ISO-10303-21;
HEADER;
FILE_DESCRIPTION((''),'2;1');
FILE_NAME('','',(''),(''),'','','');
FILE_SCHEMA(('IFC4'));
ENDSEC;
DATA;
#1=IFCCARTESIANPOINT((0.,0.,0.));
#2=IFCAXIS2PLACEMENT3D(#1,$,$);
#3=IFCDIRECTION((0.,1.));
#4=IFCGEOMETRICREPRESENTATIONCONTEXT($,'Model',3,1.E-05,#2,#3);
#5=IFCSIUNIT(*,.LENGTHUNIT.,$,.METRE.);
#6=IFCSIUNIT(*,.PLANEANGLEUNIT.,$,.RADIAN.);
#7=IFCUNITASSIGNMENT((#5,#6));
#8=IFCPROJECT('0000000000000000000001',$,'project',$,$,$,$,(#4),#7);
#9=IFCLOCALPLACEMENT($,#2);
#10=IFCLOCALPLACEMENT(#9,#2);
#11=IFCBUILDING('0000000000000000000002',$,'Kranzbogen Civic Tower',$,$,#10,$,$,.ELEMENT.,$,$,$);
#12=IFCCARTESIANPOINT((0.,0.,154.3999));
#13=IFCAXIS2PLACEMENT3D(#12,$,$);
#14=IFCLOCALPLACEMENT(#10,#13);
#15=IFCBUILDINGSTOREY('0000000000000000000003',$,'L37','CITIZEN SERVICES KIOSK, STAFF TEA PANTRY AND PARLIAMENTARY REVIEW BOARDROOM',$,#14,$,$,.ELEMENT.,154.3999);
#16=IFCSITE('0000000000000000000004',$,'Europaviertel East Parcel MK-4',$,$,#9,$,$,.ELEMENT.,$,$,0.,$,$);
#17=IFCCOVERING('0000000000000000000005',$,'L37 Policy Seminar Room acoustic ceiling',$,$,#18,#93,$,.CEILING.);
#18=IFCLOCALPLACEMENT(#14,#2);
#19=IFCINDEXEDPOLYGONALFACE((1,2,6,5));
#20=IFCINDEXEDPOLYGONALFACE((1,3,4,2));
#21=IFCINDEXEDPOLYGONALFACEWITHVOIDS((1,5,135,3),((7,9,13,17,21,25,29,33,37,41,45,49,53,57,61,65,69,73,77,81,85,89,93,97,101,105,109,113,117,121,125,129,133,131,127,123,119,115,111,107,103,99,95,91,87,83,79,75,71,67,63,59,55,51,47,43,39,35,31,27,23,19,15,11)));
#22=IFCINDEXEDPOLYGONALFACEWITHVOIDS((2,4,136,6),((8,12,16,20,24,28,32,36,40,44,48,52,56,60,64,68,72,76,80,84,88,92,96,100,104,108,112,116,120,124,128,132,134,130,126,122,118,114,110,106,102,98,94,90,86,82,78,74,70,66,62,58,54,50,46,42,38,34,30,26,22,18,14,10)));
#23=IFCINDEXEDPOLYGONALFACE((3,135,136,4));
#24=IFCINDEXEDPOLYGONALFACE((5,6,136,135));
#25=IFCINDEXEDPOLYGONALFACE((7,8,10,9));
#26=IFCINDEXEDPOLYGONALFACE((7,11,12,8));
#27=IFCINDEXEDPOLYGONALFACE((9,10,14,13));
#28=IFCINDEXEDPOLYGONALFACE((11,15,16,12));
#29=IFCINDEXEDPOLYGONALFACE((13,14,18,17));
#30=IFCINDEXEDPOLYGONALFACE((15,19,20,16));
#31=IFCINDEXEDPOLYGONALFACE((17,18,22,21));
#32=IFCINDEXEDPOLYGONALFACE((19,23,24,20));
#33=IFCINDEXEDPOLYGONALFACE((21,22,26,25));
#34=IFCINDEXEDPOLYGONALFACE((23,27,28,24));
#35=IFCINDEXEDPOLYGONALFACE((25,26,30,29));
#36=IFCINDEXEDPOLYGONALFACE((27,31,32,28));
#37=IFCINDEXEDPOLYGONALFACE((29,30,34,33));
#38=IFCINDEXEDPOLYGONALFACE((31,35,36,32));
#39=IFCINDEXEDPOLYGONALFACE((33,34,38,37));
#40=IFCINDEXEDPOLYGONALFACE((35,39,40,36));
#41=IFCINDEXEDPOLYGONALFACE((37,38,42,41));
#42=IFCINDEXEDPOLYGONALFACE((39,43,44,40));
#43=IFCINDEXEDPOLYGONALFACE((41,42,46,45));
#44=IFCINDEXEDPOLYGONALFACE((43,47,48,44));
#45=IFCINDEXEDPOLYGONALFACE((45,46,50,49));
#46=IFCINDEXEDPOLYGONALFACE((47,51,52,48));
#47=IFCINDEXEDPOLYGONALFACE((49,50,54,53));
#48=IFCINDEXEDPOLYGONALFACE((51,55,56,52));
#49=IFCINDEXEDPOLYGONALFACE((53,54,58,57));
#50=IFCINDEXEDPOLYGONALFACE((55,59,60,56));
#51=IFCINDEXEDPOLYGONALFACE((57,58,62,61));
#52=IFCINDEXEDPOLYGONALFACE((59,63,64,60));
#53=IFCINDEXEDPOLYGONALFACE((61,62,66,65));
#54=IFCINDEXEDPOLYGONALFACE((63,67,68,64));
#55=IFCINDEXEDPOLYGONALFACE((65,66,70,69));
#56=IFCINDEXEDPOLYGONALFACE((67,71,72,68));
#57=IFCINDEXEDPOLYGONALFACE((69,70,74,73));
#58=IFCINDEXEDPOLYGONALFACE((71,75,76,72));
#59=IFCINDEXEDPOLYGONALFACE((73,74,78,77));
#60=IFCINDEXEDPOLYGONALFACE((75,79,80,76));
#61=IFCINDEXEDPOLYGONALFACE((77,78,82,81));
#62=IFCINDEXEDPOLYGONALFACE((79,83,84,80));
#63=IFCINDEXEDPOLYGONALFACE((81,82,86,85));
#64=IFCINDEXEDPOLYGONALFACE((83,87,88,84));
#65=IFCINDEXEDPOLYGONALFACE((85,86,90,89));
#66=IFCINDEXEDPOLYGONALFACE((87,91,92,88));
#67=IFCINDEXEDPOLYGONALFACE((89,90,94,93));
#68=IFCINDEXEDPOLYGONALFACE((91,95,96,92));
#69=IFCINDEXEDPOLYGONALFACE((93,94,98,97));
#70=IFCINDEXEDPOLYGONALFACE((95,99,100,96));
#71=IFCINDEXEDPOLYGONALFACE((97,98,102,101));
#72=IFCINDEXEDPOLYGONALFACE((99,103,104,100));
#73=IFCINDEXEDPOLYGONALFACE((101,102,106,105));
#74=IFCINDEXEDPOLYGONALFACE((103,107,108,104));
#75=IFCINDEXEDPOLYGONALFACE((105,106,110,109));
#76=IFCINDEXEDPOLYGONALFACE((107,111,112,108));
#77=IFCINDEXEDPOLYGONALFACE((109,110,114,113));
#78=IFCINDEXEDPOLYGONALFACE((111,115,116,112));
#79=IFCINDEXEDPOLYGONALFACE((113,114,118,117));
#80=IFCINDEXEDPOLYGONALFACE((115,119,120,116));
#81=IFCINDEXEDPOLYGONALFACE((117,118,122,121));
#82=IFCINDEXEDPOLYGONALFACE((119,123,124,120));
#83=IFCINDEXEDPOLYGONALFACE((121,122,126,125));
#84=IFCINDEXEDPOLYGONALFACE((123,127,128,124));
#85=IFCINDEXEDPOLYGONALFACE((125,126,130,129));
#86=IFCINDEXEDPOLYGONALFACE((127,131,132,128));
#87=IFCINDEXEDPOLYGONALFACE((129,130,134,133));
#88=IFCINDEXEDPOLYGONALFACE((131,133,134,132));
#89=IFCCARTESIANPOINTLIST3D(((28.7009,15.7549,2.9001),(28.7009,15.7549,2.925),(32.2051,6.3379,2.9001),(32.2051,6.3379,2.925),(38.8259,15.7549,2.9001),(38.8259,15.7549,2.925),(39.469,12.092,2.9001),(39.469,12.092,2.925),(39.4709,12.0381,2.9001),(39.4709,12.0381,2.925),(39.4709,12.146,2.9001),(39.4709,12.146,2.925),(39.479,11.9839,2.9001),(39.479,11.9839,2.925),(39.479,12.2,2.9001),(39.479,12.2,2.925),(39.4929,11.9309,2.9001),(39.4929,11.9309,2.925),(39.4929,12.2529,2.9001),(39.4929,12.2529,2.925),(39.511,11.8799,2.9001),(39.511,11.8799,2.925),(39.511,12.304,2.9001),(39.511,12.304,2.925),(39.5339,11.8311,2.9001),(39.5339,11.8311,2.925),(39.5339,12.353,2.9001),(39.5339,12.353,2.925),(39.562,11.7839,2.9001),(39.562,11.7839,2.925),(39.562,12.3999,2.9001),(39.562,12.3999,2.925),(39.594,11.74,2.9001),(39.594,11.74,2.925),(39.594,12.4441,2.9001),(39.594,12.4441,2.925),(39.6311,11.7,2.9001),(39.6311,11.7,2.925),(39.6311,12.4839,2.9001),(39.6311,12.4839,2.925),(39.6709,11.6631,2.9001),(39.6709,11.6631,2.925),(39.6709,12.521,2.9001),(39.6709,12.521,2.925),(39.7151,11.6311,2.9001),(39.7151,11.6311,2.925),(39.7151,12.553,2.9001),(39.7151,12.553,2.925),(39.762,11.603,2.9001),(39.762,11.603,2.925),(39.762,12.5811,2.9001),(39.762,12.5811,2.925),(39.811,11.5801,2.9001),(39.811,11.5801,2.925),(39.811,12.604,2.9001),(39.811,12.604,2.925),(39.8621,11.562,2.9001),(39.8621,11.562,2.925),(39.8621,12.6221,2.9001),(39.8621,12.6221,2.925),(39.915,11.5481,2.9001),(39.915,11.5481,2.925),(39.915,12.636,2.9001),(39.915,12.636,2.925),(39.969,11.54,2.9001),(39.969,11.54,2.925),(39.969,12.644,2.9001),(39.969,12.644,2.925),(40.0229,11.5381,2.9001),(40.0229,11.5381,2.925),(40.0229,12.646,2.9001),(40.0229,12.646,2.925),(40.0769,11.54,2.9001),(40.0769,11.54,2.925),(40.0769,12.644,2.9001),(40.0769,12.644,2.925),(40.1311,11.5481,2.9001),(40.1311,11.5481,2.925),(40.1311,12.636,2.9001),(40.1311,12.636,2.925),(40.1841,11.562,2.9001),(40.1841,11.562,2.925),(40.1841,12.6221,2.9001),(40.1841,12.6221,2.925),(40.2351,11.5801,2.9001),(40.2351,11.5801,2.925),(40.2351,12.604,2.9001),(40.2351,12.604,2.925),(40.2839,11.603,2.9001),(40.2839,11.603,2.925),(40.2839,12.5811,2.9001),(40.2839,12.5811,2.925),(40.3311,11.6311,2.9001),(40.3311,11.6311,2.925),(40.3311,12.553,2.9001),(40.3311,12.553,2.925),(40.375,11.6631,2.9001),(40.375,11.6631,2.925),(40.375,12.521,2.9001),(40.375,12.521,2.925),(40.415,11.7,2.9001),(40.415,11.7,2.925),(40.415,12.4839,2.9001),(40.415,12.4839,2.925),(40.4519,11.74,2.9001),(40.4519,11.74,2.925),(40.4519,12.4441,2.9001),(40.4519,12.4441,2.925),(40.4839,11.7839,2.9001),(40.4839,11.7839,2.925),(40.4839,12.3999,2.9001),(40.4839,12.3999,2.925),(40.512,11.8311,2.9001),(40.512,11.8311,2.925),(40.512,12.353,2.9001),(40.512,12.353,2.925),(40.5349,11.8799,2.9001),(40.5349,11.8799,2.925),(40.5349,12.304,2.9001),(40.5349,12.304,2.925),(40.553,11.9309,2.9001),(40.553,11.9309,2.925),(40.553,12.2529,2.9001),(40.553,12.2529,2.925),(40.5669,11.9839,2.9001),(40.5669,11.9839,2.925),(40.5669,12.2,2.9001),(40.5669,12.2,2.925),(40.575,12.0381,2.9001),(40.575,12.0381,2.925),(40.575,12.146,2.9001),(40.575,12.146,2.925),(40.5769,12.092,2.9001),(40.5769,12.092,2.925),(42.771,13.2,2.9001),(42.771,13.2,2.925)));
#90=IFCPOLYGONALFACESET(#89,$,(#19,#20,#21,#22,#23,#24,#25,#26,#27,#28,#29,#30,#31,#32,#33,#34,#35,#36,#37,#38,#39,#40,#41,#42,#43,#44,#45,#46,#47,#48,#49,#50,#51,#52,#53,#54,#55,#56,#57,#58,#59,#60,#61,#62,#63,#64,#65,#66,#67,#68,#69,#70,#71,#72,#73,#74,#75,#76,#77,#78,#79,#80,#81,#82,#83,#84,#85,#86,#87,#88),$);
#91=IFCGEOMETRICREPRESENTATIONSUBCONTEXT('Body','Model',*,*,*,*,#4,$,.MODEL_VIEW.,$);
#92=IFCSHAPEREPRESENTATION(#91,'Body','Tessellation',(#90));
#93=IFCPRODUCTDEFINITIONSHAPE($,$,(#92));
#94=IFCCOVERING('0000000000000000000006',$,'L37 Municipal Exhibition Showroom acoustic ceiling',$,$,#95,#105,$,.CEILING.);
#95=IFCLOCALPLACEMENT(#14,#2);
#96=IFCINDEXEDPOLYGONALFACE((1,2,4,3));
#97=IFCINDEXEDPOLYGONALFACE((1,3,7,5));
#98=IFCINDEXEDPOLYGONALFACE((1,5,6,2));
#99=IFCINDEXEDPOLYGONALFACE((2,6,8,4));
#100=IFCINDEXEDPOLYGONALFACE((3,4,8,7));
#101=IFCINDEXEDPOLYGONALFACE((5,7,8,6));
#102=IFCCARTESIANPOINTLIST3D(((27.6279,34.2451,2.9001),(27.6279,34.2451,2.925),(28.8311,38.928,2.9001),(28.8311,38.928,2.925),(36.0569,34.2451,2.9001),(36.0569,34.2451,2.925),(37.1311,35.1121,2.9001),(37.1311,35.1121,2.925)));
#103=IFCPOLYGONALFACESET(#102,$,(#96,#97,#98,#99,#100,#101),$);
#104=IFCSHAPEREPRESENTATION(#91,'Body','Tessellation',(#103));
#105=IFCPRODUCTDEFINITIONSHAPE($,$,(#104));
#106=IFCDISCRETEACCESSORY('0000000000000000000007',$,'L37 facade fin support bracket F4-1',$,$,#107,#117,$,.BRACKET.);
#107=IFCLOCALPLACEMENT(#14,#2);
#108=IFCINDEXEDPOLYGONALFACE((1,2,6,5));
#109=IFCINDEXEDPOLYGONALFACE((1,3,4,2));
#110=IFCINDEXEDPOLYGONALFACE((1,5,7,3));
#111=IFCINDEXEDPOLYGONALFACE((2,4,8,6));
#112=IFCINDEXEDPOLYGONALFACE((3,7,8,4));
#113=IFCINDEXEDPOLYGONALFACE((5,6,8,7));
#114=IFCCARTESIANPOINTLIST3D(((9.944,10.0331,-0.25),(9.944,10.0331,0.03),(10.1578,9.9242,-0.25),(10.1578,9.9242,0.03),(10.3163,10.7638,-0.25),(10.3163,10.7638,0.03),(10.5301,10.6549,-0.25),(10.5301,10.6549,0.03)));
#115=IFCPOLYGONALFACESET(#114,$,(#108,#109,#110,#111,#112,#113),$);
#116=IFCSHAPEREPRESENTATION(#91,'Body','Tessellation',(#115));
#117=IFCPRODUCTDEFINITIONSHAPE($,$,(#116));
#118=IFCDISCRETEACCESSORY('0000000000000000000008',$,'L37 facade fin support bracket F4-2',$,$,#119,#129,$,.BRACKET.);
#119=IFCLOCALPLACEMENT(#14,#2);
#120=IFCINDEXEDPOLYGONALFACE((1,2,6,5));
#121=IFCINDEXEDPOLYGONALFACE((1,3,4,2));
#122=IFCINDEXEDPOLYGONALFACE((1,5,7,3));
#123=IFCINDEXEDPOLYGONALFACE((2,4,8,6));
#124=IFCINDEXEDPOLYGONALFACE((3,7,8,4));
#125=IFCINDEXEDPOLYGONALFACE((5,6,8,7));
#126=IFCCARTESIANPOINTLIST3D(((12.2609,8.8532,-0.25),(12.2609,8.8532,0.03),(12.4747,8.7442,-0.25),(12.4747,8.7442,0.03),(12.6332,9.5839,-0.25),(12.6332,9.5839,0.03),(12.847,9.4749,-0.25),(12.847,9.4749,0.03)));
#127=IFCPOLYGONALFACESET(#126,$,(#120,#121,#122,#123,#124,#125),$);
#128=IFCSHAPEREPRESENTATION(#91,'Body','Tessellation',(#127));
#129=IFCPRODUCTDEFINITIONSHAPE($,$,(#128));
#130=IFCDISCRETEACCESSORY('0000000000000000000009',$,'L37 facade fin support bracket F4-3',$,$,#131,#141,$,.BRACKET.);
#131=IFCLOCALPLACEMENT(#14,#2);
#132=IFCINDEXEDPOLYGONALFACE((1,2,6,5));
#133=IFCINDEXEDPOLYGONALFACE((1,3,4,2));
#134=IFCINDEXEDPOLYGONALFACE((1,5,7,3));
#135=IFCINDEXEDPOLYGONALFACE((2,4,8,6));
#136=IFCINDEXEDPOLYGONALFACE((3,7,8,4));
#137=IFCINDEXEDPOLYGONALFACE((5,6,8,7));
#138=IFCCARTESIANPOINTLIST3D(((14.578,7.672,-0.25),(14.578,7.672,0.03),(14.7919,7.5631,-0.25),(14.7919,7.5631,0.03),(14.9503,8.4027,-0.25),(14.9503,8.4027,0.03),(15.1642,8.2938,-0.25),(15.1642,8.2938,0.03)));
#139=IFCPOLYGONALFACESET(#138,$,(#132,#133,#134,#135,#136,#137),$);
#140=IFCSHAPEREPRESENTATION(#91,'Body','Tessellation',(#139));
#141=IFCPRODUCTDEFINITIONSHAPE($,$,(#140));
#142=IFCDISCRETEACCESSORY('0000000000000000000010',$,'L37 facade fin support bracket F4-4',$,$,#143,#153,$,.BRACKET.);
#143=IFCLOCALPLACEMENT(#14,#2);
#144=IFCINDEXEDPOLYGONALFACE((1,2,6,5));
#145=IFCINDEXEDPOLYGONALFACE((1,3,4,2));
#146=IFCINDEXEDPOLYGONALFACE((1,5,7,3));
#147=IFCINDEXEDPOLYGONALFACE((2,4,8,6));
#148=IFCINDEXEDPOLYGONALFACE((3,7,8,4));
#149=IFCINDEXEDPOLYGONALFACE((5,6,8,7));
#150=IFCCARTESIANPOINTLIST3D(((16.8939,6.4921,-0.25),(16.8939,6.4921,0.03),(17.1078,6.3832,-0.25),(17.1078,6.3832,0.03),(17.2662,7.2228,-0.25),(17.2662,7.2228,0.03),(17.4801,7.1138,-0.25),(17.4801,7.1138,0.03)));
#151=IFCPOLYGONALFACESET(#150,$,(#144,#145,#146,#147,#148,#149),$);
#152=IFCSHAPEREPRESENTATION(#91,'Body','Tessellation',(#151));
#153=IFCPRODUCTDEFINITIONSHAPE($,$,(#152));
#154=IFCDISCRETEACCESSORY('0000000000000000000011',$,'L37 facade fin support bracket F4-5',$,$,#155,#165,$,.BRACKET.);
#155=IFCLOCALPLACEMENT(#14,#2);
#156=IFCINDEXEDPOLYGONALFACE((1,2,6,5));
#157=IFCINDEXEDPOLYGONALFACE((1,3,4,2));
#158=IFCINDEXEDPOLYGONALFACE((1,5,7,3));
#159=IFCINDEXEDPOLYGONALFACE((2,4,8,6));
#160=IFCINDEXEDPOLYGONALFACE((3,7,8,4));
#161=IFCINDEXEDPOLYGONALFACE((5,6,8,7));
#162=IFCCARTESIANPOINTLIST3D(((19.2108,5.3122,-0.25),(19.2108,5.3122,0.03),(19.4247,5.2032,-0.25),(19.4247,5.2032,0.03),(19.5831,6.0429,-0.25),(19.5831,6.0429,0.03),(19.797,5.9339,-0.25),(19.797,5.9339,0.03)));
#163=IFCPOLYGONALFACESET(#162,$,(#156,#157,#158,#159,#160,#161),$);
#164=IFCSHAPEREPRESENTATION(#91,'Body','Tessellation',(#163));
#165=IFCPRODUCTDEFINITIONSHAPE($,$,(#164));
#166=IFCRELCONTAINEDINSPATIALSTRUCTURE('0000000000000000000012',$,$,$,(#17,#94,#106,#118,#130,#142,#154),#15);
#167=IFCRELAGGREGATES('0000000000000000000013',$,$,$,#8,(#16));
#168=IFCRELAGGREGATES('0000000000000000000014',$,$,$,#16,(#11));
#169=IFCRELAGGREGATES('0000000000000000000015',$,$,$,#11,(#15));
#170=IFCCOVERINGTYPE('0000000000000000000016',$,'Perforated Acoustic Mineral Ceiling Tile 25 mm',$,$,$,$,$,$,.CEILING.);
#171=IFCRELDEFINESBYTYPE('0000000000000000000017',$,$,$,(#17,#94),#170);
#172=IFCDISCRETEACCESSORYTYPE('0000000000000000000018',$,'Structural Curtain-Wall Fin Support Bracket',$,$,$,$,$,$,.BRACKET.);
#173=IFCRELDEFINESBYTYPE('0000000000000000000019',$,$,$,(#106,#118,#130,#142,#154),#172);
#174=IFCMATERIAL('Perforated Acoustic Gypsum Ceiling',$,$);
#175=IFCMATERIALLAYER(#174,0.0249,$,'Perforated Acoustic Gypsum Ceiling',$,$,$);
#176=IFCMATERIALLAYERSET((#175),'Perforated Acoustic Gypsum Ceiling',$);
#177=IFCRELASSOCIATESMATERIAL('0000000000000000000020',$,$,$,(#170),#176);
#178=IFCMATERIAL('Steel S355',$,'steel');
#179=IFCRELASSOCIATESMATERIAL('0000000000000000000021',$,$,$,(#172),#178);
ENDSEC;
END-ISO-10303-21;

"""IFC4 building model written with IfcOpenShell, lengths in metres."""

from ifc_helpers import new_model, si_unit, direction, frame, origin, origin_2d, place, context, subcontext, project, spatial, polyline, rectangle, outline, extrude, material, layer, layer_set, type_object, element, save


model = new_model("IFC4")

# Units and contexts
model_context = context("Model", 3, precision=1e-05, world=origin(), true_north=direction((0.0, 1.0)))
body_context = subcontext(model_context, "Body", "Model", "MODEL_VIEW")
ifc_project = project(units=[si_unit("LENGTHUNIT", "METRE"), si_unit("PLANEANGLEUNIT", "RADIAN")], contexts=[model_context])

# Site, building, storey
site_placement = place(None, origin())
site = spatial("IfcSite", under=ifc_project, at=site_placement, Name="Europaviertel East Parcel MK-4", CompositionType="ELEMENT", RefElevation=0.0)
building_placement = place(site_placement, origin())
building = spatial("IfcBuilding", under=site, at=building_placement, Name="Kranzbogen Civic Tower", CompositionType="ELEMENT")
storey_placement = place(building_placement, frame((0.0, 0.0, 154.3999)))
storey = spatial("IfcBuildingStorey", under=building, at=storey_placement, Name="L37", Description="CITIZEN SERVICES KIOSK, STAFF TEA PANTRY AND PARLIAMENTARY REVIEW BOARDROOM", CompositionType="ELEMENT", Elevation=154.3999)

# Shared definitions
ifc_material_1 = material(Name="Steel S355", Category="steel")

# Coverings
ifc_material_2 = material(Name="Perforated Acoustic Gypsum Ceiling")
ifc_layer_1 = layer(ifc_material_2, 0.0249, Name="Perforated Acoustic Gypsum Ceiling")
ifc_layer_set_1 = layer_set([ifc_layer_1], Name="Perforated Acoustic Gypsum Ceiling")
covering_type_1 = type_object("IfcCoveringType", Name="Perforated Acoustic Mineral Ceiling Tile 25 mm", PredefinedType="CEILING", material=ifc_layer_set_1)
covering_1_placement = place(storey_placement, frame((0.0, 0.0, 2.9001)))
element("IfcCovering", 1, at=covering_1_placement, inside=storey, type_object=covering_type_1, Name="L37 Policy Seminar Room acoustic ceiling", PredefinedType="CEILING", context=body_context, shape_type="SweptSolid", body=[
    extrude(outline(polyline([(28.7009, 15.7549), (38.8259, 15.7549), (42.771, 13.2), (32.2051, 6.3379), (28.7009, 15.7549)]), holes=[polyline([(40.5349, 11.8799), (40.512, 11.8311), (40.4839, 11.7839), (40.4519, 11.74), (40.415, 11.7), (40.375, 11.6631), (40.3311, 11.6311), (40.2839, 11.603), (40.2351, 11.5801), (40.1841, 11.562), (40.1311, 11.5481), (40.0769, 11.54), (40.0229, 11.5381), (39.969, 11.54), (39.915, 11.5481), (39.8621, 11.562), (39.811, 11.5801), (39.762, 11.603), (39.7151, 11.6311), (39.6709, 11.6631), (39.6311, 11.7), (39.594, 11.74), (39.562, 11.7839), (39.5339, 11.8311), (39.511, 11.8799), (39.4929, 11.9309), (39.479, 11.9839), (39.4709, 12.0381), (39.469, 12.092), (39.4709, 12.146), (39.479, 12.2), (39.4929, 12.2529), (39.511, 12.304), (39.5339, 12.353), (39.562, 12.3999), (39.594, 12.4441), (39.6311, 12.4839), (39.6709, 12.521), (39.7151, 12.553), (39.762, 12.5811), (39.811, 12.604), (39.8621, 12.6221), (39.915, 12.636), (39.969, 12.644), (40.0229, 12.646), (40.0769, 12.644), (40.1311, 12.636), (40.1841, 12.6221), (40.2351, 12.604), (40.2839, 12.5811), (40.3311, 12.553), (40.375, 12.521), (40.415, 12.4839), (40.4519, 12.4441), (40.4839, 12.3999), (40.512, 12.353), (40.5349, 12.304), (40.553, 12.2529), (40.5669, 12.2), (40.575, 12.146), (40.5769, 12.092), (40.575, 12.0381), (40.5669, 11.9839), (40.553, 11.9309), (40.5349, 11.8799)])]), origin(), (0.0, 0.0, 1.0), 0.0249),
])
covering_2_placement = place(storey_placement, frame((0.0, 0.0, 2.9001)))
element("IfcCovering", 2, at=covering_2_placement, inside=storey, type_object=covering_type_1, Name="L37 Municipal Exhibition Showroom acoustic ceiling", PredefinedType="CEILING", context=body_context, shape_type="SweptSolid", body=[
    extrude(outline(polyline([(27.6279, 34.2451), (28.8311, 38.928), (37.1311, 35.1121), (36.0569, 34.2451), (27.6279, 34.2451)])), origin(), (0.0, 0.0, 1.0), 0.0249),
])

# Discrete accessories
discrete_accessory_type = type_object("IfcDiscreteAccessoryType", Name="Structural Curtain-Wall Fin Support Bracket", PredefinedType="BRACKET", material=ifc_material_1)
for number, where, z_axis, x_axis, name in (
    (3, (10.2371, 10.344, -0.25), (0.0, 0.0, 1.0), (-0.45399, -0.891007, 0.0), "L37 facade fin support bracket F4-1"),
    (4, (12.554, 9.1641, -0.25), (0.0, 0.0, 1.0), (-0.45399, -0.891007, 0.0), "L37 facade fin support bracket F4-2"),
    (5, (14.8711, 7.9829, -0.25), (0.0, 0.0, 1.0), (-0.45399, -0.891007, 0.0), "L37 facade fin support bracket F4-3"),
    (6, (17.187, 6.803, -0.25), (0.0, 0.0, 1.0), (-0.45399, -0.891007, 0.0), "L37 facade fin support bracket F4-4"),
    (7, (19.5039, 5.623, -0.25), (0.0, 0.0, 1.0), (-0.45399, -0.891007, 0.0), "L37 facade fin support bracket F4-5"),
):
    element("IfcDiscreteAccessory", number, at=place(storey_placement, frame(where, z_axis=z_axis, x_axis=x_axis)), inside=storey, type_object=discrete_accessory_type, Name=name, PredefinedType="BRACKET", context=body_context, shape_type="SweptSolid", body=[
        extrude(rectangle(XDim=0.8201, YDim=0.24, at=origin_2d()), origin(), (0.0, 0.0, 1.0), 0.28),
    ])

save(model, "model.ifc")
